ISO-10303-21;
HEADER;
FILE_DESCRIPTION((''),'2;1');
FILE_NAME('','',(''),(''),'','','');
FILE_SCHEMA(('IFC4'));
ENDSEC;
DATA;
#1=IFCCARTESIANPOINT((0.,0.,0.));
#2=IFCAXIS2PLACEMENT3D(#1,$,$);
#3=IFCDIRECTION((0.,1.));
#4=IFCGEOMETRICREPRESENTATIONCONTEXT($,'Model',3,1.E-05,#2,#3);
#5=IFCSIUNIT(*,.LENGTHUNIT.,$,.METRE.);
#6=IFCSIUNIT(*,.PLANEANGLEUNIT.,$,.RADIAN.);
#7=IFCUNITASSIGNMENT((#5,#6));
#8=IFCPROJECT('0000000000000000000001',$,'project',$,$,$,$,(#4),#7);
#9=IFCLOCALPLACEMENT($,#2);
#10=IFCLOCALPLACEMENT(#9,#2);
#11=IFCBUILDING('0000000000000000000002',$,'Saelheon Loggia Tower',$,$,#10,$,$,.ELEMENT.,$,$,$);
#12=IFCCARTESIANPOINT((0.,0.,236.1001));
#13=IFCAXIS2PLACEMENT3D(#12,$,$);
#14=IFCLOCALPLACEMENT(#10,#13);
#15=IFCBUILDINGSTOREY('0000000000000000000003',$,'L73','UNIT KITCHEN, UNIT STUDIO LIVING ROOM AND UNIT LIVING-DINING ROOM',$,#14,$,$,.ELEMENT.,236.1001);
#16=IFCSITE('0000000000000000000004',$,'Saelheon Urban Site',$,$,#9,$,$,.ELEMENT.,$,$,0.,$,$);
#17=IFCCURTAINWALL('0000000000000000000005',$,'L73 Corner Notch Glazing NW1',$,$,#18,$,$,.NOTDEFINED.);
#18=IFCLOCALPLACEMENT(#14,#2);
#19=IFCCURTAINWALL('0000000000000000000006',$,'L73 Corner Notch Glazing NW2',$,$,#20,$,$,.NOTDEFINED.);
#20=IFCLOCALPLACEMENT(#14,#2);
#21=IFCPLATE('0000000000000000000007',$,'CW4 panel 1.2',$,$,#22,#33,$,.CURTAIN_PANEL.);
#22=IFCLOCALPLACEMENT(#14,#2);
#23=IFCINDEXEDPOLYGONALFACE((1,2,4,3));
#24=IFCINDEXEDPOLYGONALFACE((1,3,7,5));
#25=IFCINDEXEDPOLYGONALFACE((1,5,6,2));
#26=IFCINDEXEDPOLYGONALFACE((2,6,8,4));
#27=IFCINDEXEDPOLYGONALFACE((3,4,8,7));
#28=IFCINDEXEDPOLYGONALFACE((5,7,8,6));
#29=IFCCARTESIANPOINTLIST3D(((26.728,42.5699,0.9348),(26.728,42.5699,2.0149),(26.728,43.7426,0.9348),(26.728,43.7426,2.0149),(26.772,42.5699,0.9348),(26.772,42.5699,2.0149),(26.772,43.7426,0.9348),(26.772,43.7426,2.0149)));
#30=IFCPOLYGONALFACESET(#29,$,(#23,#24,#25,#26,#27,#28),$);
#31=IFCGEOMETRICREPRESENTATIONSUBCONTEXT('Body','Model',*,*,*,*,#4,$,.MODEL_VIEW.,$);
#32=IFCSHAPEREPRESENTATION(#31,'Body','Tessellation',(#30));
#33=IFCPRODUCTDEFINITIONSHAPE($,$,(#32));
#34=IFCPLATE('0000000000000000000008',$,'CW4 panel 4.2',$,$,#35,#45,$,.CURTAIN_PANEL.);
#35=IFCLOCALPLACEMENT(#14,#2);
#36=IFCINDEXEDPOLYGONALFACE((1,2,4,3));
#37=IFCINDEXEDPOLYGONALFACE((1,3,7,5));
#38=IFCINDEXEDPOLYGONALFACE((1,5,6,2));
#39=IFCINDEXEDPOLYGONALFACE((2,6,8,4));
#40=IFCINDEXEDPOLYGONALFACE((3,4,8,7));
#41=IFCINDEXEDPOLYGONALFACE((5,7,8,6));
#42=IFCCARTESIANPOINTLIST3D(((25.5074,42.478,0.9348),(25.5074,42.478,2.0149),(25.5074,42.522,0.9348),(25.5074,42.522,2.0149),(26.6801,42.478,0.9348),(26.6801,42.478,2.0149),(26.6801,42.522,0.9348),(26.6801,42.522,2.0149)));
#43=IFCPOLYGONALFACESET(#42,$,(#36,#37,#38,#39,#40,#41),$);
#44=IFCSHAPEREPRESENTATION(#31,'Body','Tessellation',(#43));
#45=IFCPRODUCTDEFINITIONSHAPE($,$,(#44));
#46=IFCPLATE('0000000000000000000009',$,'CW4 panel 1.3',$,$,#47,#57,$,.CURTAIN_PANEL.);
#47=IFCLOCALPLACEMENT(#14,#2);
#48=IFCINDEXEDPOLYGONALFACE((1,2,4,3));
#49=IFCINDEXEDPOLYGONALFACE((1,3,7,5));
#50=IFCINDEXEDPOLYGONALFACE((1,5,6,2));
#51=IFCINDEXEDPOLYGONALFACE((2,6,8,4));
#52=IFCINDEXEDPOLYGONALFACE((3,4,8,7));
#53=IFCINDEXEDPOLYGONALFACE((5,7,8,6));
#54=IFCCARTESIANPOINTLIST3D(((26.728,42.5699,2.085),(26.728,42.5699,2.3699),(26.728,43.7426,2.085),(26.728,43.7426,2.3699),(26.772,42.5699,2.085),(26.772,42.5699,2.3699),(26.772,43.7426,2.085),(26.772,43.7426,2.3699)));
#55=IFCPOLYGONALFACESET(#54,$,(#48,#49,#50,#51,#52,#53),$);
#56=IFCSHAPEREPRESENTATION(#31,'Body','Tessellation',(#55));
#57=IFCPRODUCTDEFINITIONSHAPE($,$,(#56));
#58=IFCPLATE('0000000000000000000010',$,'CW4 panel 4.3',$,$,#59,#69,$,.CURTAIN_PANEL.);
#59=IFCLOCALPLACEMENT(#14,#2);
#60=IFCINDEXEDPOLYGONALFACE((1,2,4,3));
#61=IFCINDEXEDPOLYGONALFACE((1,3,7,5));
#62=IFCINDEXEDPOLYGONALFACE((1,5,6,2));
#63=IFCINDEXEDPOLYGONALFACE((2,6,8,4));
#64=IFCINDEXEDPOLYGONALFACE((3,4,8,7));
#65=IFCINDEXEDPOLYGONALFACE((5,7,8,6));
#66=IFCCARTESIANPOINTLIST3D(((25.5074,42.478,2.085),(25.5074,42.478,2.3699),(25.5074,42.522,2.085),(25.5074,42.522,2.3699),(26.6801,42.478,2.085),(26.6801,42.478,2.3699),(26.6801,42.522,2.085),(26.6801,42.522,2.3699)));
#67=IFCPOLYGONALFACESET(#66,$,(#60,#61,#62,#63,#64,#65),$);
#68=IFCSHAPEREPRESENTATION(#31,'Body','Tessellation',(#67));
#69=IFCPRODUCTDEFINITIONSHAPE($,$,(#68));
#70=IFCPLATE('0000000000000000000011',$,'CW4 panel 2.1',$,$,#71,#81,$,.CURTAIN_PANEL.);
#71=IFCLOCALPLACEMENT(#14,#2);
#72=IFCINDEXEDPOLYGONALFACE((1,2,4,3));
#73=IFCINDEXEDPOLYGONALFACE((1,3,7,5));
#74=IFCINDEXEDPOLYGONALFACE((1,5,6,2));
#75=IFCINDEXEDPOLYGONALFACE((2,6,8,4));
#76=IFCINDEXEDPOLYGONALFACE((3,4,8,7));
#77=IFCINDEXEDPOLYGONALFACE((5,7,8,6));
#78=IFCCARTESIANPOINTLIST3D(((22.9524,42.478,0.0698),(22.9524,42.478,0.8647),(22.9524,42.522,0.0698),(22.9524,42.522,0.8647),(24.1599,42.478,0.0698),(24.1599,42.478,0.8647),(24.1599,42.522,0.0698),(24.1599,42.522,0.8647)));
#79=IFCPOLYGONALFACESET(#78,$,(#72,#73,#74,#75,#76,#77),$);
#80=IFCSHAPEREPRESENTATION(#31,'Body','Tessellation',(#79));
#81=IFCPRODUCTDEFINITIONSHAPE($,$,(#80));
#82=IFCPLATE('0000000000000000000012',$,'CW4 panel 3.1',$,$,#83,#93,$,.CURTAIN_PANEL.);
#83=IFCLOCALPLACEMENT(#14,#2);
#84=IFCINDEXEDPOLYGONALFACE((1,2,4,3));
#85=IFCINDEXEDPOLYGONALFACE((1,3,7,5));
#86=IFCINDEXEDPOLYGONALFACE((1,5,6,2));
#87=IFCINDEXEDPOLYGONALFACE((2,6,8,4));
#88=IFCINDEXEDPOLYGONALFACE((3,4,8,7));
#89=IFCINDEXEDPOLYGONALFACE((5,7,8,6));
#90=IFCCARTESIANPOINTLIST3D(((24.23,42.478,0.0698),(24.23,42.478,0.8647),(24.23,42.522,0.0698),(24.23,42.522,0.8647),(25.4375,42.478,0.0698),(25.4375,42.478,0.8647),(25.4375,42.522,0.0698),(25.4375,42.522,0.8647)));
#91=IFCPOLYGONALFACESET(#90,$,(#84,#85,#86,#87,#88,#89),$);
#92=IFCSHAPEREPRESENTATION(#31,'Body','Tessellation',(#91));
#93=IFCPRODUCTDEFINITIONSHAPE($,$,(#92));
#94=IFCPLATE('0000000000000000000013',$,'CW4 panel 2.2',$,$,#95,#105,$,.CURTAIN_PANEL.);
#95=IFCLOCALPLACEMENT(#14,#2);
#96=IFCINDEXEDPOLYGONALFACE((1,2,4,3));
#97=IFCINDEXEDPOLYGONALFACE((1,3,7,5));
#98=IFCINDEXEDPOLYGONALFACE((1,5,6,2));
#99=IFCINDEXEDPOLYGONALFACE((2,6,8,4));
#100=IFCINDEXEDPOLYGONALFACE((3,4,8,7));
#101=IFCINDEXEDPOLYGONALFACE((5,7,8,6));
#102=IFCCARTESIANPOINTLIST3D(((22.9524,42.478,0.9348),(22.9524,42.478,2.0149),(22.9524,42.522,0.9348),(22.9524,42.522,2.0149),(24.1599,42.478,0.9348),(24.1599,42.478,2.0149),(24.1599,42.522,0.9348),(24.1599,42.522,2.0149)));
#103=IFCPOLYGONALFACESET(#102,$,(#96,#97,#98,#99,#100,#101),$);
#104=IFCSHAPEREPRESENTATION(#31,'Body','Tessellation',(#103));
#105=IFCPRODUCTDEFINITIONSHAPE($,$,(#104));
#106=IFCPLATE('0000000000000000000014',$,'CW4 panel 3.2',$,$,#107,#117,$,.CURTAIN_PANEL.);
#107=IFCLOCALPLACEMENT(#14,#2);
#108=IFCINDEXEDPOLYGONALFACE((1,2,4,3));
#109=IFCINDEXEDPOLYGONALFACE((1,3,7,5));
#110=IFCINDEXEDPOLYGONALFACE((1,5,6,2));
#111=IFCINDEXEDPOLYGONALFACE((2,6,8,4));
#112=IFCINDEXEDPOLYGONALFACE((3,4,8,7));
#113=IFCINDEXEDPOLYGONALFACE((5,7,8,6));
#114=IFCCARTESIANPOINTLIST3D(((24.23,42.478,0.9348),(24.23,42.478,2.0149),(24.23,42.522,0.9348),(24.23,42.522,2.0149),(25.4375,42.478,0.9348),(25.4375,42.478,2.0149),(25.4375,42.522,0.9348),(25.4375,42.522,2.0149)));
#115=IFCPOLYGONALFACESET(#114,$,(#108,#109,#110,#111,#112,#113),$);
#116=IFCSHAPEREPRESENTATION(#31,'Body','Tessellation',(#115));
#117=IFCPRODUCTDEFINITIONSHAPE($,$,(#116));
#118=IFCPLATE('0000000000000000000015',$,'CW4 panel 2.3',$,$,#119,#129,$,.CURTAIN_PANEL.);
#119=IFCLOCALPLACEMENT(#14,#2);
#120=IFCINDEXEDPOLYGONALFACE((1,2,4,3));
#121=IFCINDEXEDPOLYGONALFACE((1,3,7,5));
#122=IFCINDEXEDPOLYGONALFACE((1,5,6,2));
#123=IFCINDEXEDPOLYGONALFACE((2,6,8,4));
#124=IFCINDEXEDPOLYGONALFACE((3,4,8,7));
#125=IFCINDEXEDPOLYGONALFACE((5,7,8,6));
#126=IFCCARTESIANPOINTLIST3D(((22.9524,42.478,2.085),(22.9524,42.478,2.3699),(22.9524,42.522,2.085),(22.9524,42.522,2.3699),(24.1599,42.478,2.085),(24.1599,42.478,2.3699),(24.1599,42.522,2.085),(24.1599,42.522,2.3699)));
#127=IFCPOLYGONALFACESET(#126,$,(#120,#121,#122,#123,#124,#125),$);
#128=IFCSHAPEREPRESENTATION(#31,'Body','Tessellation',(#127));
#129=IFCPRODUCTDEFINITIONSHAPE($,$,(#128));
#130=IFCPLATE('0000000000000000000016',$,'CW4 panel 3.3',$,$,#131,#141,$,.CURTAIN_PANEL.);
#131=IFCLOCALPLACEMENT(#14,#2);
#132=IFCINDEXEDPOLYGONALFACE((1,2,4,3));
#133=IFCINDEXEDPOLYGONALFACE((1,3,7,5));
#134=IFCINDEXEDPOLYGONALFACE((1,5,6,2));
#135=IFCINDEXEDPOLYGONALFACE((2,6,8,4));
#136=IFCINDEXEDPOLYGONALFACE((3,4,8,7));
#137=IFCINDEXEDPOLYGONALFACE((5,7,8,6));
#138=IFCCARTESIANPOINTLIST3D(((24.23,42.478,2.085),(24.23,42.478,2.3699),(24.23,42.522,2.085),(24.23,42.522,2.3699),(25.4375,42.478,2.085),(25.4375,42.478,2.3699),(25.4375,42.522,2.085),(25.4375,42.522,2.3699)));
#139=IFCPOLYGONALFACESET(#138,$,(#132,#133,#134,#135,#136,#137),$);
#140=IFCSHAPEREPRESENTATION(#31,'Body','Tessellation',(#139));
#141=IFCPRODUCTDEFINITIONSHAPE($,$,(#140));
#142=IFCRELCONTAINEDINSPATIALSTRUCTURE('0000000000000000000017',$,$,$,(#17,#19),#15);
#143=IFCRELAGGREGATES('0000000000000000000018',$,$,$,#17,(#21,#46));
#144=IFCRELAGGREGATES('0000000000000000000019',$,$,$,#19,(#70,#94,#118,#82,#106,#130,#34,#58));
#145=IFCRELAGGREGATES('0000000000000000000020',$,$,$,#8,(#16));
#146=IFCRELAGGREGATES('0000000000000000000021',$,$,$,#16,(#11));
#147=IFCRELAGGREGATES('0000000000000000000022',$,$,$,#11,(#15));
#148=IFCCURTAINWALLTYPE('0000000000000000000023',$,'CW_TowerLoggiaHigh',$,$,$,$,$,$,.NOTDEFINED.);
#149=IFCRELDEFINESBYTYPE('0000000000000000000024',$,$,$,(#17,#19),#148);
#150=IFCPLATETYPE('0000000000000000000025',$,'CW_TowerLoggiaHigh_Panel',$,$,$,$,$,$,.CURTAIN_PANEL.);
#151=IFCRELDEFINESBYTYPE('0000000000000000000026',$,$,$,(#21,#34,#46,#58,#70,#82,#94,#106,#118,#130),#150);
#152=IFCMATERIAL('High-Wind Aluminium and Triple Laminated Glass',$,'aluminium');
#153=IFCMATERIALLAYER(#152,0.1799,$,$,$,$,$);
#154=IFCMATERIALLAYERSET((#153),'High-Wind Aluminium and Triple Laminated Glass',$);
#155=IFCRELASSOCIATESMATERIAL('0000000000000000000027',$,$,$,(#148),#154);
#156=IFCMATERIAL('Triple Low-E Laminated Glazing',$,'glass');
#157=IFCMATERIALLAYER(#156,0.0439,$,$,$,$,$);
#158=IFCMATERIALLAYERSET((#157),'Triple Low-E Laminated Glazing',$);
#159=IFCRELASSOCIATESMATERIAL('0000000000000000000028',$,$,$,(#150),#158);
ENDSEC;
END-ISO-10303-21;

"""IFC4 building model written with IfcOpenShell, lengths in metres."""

from ifc_helpers import new_model, si_unit, direction, frame, origin, origin_2d, place, context, subcontext, project, spatial, rectangle, extrude, source, transform, mapped, material, layer, layer_set, type_object, element, aggregate, save


model = new_model("IFC4")

# Units and contexts
model_context = context("Model", 3, precision=1e-05, world=origin(), true_north=direction((0.0, 1.0)))
body_context = subcontext(model_context, "Body", "Model", "MODEL_VIEW")
ifc_project = project(units=[si_unit("LENGTHUNIT", "METRE"), si_unit("PLANEANGLEUNIT", "RADIAN")], contexts=[model_context])

# Site, building, storey
site_placement = place(None, origin())
site = spatial("IfcSite", under=ifc_project, at=site_placement, Name="Saelheon Urban Site", CompositionType="ELEMENT", RefElevation=0.0)
building_placement = place(site_placement, origin())
building = spatial("IfcBuilding", under=site, at=building_placement, Name="Saelheon Loggia Tower", CompositionType="ELEMENT")
storey_placement = place(building_placement, frame((0.0, 0.0, 236.1001)))
storey = spatial("IfcBuildingStorey", under=building, at=storey_placement, Name="L73", Description="UNIT KITCHEN, UNIT STUDIO LIVING ROOM AND UNIT LIVING-DINING ROOM", CompositionType="ELEMENT", Elevation=236.1001)

# Curtain wall
ifc_material_1 = material(Name="High-Wind Aluminium and Triple Laminated Glass", Category="aluminium")
ifc_layer_1 = layer(ifc_material_1, 0.1799)
ifc_layer_set_1 = layer_set([ifc_layer_1], Name="High-Wind Aluminium and Triple Laminated Glass")
curtain_wall_type = type_object("IfcCurtainWallType", Name="CW_TowerLoggiaHigh", PredefinedType="NOTDEFINED", material=ifc_layer_set_1)
curtain_wall_1_placement = place(storey_placement, origin())
curtain_wall_1 = element("IfcCurtainWall", 1, at=curtain_wall_1_placement, inside=storey, type_object=curtain_wall_type, Name="L73 Corner Notch Glazing NW1", PredefinedType="NOTDEFINED")

# Curtain wall
curtain_wall_2_placement = place(storey_placement, origin())
curtain_wall_2 = element("IfcCurtainWall", 2, at=curtain_wall_2_placement, inside=storey, type_object=curtain_wall_type, Name="L73 Corner Notch Glazing NW2", PredefinedType="NOTDEFINED")

# Plates
ifc_material_2 = material(Name="Triple Low-E Laminated Glazing", Category="glass")
ifc_layer_2 = layer(ifc_material_2, 0.0439)
ifc_layer_set_2 = layer_set([ifc_layer_2], Name="Triple Low-E Laminated Glazing")
plate_type = type_object("IfcPlateType", Name="CW_TowerLoggiaHigh_Panel", PredefinedType="CURTAIN_PANEL", material=ifc_layer_set_2)
shared_shape_1 = source(origin(), body_context, "Body", "SweptSolid", [
    extrude(rectangle(XDim=1.1726, YDim=0.0439, at=origin_2d()), origin(), (0.0, 0.0, 1.0), 1.0801),
])
plate_1_placement = place(storey_placement, frame((26.75, 43.1562, 0.9348), z_axis=(0.0, 0.0, 1.0), x_axis=(0.0, 1.0, 0.0)))
plate_1 = element("IfcPlate", 3, at=plate_1_placement, type_object=plate_type, Name="CW4 panel 1.2", PredefinedType="CURTAIN_PANEL", context=body_context, shape_type="MappedRepresentation", body=[
    mapped(shared_shape_1, transform((0.0, 0.0, 0.0), scale=1.0)),
])
plate_2_placement = place(storey_placement, frame((26.0938, 42.5, 0.9348), z_axis=(0.0, 0.0, 1.0), x_axis=(1.0, 0.0, 0.0)))
plate_2 = element("IfcPlate", 4, at=plate_2_placement, type_object=plate_type, Name="CW4 panel 4.2", PredefinedType="CURTAIN_PANEL", context=body_context, shape_type="MappedRepresentation", body=[
    mapped(shared_shape_1, transform((0.0, 0.0, 0.0), scale=1.0)),
])
shared_shape_2 = source(origin(), body_context, "Body", "SweptSolid", [
    extrude(rectangle(XDim=1.1726, YDim=0.0439, at=origin_2d()), origin(), (0.0, 0.0, 1.0), 0.2849),
])
plate_3_placement = place(storey_placement, frame((26.75, 43.1562, 2.085), z_axis=(0.0, 0.0, 1.0), x_axis=(0.0, 1.0, 0.0)))
plate_3 = element("IfcPlate", 5, at=plate_3_placement, type_object=plate_type, Name="CW4 panel 1.3", PredefinedType="CURTAIN_PANEL", context=body_context, shape_type="MappedRepresentation", body=[
    mapped(shared_shape_2, transform((0.0, 0.0, 0.0), scale=1.0)),
])
aggregate(curtain_wall_1, [plate_1, plate_3])
plate_4_placement = place(storey_placement, frame((26.0938, 42.5, 2.085), z_axis=(0.0, 0.0, 1.0), x_axis=(1.0, 0.0, 0.0)))
plate_4 = element("IfcPlate", 6, at=plate_4_placement, type_object=plate_type, Name="CW4 panel 4.3", PredefinedType="CURTAIN_PANEL", context=body_context, shape_type="MappedRepresentation", body=[
    mapped(shared_shape_2, transform((0.0, 0.0, 0.0), scale=1.0)),
])
shared_shape_3 = source(origin(), body_context, "Body", "SweptSolid", [
    extrude(rectangle(XDim=1.2075, YDim=0.0439, at=origin_2d()), origin(), (0.0, 0.0, 1.0), 0.7949),
])
plate_5_placement = place(storey_placement, frame((23.5562, 42.5, 0.0698), z_axis=(0.0, 0.0, 1.0), x_axis=(1.0, 0.0, 0.0)))
plate_5 = element("IfcPlate", 7, at=plate_5_placement, type_object=plate_type, Name="CW4 panel 2.1", PredefinedType="CURTAIN_PANEL", context=body_context, shape_type="MappedRepresentation", body=[
    mapped(shared_shape_3, transform((0.0, 0.0, 0.0), scale=1.0)),
])
plate_6_placement = place(storey_placement, frame((24.8337, 42.5, 0.0698), z_axis=(0.0, 0.0, 1.0), x_axis=(1.0, 0.0, 0.0)))
plate_6 = element("IfcPlate", 8, at=plate_6_placement, type_object=plate_type, Name="CW4 panel 3.1", PredefinedType="CURTAIN_PANEL", context=body_context, shape_type="MappedRepresentation", body=[
    mapped(shared_shape_3, transform((0.0, 0.0, 0.0), scale=1.0)),
])
shared_shape_4 = source(origin(), body_context, "Body", "SweptSolid", [
    extrude(rectangle(XDim=1.2075, YDim=0.0439, at=origin_2d()), origin(), (0.0, 0.0, 1.0), 1.0801),
])
plate_7_placement = place(storey_placement, frame((23.5562, 42.5, 0.9348), z_axis=(0.0, 0.0, 1.0), x_axis=(1.0, 0.0, 0.0)))
plate_7 = element("IfcPlate", 9, at=plate_7_placement, type_object=plate_type, Name="CW4 panel 2.2", PredefinedType="CURTAIN_PANEL", context=body_context, shape_type="MappedRepresentation", body=[
    mapped(shared_shape_4, transform((0.0, 0.0, 0.0), scale=1.0)),
])
plate_8_placement = place(storey_placement, frame((24.8337, 42.5, 0.9348), z_axis=(0.0, 0.0, 1.0), x_axis=(1.0, 0.0, 0.0)))
plate_8 = element("IfcPlate", 10, at=plate_8_placement, type_object=plate_type, Name="CW4 panel 3.2", PredefinedType="CURTAIN_PANEL", context=body_context, shape_type="MappedRepresentation", body=[
    mapped(shared_shape_4, transform((0.0, 0.0, 0.0), scale=1.0)),
])
shared_shape_5 = source(origin(), body_context, "Body", "SweptSolid", [
    extrude(rectangle(XDim=1.2075, YDim=0.0439, at=origin_2d()), origin(), (0.0, 0.0, 1.0), 0.2849),
])
plate_9_placement = place(storey_placement, frame((23.5562, 42.5, 2.085), z_axis=(0.0, 0.0, 1.0), x_axis=(1.0, 0.0, 0.0)))
plate_9 = element("IfcPlate", 11, at=plate_9_placement, type_object=plate_type, Name="CW4 panel 2.3", PredefinedType="CURTAIN_PANEL", context=body_context, shape_type="MappedRepresentation", body=[
    mapped(shared_shape_5, transform((0.0, 0.0, 0.0), scale=1.0)),
])
plate_10_placement = place(storey_placement, frame((24.8337, 42.5, 2.085), z_axis=(0.0, 0.0, 1.0), x_axis=(1.0, 0.0, 0.0)))
plate_10 = element("IfcPlate", 12, at=plate_10_placement, type_object=plate_type, Name="CW4 panel 3.3", PredefinedType="CURTAIN_PANEL", context=body_context, shape_type="MappedRepresentation", body=[
    mapped(shared_shape_5, transform((0.0, 0.0, 0.0), scale=1.0)),
])
aggregate(curtain_wall_2, [plate_5, plate_7, plate_9, plate_6, plate_8, plate_10, plate_2, plate_4])

save(model, "model.ifc")
